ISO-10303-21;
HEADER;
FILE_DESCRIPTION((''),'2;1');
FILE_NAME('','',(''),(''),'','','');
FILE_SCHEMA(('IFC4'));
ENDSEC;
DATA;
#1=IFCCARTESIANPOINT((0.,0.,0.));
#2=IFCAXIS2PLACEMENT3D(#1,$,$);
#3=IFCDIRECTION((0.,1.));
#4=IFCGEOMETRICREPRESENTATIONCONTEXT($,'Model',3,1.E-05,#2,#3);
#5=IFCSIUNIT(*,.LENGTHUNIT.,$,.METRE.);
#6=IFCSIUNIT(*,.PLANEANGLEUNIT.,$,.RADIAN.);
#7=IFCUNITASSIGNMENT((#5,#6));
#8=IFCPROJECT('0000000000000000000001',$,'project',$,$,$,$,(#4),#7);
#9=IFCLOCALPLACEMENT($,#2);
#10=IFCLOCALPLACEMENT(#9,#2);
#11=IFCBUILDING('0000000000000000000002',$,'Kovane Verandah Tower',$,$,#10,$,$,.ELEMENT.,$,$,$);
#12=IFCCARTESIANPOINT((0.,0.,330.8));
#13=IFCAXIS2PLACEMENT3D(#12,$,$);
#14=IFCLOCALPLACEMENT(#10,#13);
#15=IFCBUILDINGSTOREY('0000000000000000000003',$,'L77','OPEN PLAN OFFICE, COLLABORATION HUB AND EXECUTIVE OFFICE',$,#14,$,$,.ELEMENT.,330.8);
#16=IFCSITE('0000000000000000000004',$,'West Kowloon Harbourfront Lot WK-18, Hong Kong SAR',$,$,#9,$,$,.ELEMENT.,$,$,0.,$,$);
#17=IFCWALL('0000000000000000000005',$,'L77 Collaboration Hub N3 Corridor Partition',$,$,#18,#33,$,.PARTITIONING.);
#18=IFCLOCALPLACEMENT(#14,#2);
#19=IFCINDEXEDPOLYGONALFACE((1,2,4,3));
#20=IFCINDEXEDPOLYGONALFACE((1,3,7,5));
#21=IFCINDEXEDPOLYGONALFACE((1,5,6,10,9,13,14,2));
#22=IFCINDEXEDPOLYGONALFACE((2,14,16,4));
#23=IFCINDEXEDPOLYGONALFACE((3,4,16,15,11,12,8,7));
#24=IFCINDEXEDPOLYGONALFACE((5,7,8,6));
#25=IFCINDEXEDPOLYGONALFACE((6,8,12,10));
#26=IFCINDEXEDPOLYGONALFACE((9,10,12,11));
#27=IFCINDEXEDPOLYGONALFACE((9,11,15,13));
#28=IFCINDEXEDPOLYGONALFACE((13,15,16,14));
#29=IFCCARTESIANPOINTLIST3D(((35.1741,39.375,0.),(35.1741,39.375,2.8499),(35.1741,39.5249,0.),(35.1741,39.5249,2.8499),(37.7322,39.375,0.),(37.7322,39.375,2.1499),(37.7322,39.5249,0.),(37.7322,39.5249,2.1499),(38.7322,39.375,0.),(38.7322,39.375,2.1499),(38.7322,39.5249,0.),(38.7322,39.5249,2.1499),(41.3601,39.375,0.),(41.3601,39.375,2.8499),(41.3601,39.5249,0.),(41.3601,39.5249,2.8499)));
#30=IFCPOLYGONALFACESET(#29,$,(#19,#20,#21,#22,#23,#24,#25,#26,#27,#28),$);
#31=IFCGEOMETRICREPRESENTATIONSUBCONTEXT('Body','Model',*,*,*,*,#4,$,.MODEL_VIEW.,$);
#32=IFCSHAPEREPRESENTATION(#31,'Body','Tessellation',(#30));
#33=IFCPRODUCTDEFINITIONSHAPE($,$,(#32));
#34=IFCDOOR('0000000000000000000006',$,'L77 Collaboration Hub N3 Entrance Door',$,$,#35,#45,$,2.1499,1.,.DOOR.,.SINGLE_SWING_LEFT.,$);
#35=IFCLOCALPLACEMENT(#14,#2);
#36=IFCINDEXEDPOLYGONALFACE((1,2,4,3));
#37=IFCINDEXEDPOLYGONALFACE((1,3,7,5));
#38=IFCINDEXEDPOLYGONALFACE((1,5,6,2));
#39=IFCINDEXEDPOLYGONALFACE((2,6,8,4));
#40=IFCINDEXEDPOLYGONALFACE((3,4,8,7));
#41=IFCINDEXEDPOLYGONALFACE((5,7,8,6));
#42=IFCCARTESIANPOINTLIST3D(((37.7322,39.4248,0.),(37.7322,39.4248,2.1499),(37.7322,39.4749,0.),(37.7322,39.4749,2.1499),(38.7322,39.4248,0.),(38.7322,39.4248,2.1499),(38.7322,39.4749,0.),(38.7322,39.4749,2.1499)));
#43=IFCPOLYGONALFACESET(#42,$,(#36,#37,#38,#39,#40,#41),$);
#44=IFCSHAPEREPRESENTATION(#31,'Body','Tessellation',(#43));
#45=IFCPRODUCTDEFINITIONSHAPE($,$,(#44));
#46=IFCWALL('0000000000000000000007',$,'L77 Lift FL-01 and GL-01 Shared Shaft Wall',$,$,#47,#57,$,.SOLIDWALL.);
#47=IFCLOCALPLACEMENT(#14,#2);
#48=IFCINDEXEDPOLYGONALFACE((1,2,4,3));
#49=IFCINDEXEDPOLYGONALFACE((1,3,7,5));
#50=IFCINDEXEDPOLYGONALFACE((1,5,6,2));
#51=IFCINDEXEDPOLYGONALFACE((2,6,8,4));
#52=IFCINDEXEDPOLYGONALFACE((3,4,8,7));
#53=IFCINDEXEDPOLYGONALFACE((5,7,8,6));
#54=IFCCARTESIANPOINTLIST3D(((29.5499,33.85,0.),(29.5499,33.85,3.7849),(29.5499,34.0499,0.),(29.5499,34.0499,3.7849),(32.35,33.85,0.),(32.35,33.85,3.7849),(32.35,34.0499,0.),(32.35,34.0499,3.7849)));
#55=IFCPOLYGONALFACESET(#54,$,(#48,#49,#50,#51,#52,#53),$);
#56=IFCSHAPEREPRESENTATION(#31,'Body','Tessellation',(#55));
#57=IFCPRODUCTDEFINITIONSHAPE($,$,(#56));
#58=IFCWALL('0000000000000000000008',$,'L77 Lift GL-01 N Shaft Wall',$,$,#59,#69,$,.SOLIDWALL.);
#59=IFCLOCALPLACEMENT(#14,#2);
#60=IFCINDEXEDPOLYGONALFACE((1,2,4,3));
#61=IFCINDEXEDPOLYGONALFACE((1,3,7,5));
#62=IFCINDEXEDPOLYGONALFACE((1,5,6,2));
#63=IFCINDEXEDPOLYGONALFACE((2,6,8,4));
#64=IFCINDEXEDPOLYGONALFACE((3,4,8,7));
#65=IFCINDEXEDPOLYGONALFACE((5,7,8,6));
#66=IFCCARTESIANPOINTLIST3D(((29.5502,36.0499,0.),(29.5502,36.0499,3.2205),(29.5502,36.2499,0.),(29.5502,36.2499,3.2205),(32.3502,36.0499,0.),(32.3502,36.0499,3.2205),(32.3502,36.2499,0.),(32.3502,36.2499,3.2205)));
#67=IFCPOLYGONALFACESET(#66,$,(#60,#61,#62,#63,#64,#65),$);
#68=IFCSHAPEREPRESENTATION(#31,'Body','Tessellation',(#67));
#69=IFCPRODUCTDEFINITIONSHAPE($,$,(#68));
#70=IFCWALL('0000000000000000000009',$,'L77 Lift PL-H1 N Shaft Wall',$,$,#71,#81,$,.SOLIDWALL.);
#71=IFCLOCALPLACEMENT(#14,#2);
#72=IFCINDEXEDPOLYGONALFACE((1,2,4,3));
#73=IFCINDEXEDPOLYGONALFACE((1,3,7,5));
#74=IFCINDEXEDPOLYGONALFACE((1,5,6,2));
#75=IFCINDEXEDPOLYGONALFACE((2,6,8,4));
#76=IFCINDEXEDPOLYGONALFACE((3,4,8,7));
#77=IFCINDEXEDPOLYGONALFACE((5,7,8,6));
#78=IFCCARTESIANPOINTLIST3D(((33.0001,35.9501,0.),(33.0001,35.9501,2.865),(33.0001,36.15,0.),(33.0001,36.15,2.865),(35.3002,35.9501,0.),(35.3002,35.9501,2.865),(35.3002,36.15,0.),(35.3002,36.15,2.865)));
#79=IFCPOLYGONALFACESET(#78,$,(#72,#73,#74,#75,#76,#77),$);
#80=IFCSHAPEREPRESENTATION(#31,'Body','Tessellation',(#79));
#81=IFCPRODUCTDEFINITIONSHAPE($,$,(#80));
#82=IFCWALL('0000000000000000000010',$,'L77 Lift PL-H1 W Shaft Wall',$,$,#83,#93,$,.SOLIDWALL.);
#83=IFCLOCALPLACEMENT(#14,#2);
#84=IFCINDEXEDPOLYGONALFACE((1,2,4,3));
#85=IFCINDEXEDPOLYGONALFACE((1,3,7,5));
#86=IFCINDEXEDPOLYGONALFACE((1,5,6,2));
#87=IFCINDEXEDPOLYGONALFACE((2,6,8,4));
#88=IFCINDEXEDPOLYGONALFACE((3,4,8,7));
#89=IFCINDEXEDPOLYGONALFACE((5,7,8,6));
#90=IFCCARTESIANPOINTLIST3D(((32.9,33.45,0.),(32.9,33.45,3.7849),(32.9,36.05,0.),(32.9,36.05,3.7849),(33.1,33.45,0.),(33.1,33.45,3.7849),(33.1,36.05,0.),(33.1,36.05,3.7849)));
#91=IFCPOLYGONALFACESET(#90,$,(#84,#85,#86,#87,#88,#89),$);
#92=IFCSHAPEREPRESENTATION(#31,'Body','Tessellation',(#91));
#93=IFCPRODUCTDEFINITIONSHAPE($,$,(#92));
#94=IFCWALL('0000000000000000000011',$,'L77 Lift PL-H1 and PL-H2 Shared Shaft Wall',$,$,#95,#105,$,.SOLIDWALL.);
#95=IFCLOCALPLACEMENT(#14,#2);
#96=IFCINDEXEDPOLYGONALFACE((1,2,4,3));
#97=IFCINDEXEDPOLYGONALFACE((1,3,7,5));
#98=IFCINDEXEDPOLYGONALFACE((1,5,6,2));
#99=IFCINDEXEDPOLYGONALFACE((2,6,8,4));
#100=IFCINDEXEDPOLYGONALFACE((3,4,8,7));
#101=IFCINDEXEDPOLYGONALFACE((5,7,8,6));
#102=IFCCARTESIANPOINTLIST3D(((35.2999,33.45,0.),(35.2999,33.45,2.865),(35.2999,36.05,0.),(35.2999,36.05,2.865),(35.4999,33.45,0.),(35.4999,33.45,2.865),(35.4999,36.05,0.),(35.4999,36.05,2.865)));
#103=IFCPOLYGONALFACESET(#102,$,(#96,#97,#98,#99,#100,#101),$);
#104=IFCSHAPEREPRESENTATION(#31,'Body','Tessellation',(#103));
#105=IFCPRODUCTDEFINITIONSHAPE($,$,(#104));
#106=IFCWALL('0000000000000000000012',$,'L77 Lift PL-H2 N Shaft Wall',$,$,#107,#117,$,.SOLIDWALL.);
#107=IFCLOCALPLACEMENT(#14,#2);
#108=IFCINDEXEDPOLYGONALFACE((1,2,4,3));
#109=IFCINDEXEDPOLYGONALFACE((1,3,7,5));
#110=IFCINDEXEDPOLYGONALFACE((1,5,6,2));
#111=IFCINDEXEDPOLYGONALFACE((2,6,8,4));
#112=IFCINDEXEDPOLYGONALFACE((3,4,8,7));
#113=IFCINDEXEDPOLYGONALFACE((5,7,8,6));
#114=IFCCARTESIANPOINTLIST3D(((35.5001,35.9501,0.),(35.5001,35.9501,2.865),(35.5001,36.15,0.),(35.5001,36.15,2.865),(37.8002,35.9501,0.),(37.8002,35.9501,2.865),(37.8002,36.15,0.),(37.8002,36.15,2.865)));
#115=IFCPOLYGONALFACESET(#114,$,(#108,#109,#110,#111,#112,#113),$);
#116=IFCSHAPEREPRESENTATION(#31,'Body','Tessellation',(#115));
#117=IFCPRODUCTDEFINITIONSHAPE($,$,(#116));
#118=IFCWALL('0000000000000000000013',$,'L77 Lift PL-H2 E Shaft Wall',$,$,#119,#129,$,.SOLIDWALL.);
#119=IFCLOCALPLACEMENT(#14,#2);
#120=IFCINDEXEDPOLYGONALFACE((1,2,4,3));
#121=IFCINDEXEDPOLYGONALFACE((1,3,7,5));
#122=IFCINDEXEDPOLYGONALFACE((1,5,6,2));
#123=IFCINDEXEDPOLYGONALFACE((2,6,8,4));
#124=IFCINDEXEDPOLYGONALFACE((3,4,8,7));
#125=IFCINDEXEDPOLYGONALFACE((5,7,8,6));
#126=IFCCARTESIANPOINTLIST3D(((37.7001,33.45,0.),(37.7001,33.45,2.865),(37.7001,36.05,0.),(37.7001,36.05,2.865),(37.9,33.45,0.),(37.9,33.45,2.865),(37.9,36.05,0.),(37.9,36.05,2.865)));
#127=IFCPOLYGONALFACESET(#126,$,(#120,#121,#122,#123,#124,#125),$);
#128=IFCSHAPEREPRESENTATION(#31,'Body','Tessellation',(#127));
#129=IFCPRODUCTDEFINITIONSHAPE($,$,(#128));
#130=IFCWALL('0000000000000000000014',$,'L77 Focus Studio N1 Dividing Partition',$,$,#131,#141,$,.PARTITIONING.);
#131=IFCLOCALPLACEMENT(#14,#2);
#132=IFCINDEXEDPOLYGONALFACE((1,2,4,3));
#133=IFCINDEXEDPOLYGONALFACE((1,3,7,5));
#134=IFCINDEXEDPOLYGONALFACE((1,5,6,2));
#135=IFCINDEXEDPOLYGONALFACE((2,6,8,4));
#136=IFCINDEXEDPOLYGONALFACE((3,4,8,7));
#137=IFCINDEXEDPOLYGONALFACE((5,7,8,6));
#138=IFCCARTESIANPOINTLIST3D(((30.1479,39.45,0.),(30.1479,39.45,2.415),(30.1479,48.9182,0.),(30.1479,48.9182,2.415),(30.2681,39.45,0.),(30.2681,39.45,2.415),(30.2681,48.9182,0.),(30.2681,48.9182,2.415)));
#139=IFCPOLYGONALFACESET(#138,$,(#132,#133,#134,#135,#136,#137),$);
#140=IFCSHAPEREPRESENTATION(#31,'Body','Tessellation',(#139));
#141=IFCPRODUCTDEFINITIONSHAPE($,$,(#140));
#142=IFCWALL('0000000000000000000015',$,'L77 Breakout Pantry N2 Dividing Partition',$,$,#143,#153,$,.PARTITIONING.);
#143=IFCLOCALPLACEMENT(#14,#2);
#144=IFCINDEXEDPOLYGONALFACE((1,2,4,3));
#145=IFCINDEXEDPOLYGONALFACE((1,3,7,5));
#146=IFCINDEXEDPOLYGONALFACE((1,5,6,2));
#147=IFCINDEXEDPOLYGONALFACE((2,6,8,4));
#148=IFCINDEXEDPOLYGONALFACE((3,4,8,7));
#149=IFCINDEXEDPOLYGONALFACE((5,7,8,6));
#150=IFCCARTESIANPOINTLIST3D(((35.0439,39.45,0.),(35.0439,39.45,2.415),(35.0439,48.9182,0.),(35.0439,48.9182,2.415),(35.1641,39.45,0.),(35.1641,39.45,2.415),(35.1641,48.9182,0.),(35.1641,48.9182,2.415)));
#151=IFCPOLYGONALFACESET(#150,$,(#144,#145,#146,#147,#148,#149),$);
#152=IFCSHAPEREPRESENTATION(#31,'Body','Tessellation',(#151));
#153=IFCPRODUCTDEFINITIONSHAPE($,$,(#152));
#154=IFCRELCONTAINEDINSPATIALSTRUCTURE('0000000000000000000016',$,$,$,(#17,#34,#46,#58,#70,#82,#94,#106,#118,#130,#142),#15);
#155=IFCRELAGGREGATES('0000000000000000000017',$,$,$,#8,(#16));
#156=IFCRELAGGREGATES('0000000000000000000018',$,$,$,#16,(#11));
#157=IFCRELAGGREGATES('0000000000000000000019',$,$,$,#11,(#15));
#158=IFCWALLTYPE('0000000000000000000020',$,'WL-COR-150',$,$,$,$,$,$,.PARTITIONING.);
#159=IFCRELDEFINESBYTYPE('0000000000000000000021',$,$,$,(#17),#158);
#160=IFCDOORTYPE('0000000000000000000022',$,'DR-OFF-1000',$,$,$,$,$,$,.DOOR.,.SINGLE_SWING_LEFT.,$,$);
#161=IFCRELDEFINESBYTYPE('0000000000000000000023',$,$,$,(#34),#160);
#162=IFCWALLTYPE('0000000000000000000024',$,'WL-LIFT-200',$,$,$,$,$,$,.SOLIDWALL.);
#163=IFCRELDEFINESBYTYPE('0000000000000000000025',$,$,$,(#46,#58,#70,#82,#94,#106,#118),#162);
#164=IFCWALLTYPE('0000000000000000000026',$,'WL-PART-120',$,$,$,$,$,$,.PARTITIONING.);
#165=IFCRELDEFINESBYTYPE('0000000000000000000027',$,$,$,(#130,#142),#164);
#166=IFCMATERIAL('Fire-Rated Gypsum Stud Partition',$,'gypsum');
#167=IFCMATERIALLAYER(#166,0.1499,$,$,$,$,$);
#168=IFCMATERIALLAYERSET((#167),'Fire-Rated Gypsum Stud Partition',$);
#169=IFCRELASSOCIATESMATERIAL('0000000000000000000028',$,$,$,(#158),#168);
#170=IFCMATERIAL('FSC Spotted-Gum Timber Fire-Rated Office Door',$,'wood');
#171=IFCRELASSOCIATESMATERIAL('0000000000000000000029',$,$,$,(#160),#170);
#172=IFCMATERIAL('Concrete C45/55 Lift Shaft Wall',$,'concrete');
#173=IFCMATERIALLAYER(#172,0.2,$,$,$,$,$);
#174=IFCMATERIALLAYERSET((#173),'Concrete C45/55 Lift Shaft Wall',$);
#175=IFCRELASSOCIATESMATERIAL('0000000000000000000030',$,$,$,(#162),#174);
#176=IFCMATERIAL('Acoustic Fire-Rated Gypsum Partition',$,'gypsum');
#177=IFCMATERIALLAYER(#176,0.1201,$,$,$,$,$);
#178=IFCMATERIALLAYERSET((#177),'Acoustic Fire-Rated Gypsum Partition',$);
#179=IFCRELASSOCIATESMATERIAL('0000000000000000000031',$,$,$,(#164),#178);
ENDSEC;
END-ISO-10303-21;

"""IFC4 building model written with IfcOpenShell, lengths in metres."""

from ifc_helpers import new_model, si_unit, direction, frame, frame_2d, origin, place, context, subcontext, project, spatial, rectangle, extrude, material, layer, layer_set, type_object, element, fill, save


model = new_model("IFC4")

# Units and contexts
model_context = context("Model", 3, precision=1e-05, world=origin(), true_north=direction((0.0, 1.0)))
body_context = subcontext(model_context, "Body", "Model", "MODEL_VIEW")
ifc_project = project(units=[si_unit("LENGTHUNIT", "METRE"), si_unit("PLANEANGLEUNIT", "RADIAN")], contexts=[model_context])

# Site, building, storey
site_placement = place(None, origin())
site = spatial("IfcSite", under=ifc_project, at=site_placement, Name="West Kowloon Harbourfront Lot WK-18, Hong Kong SAR", CompositionType="ELEMENT", RefElevation=0.0)
building_placement = place(site_placement, origin())
building = spatial("IfcBuilding", under=site, at=building_placement, Name="Kovane Verandah Tower", CompositionType="ELEMENT")
storey_placement = place(building_placement, frame((0.0, 0.0, 330.8)))
storey = spatial("IfcBuildingStorey", under=building, at=storey_placement, Name="L77", Description="OPEN PLAN OFFICE, COLLABORATION HUB AND EXECUTIVE OFFICE", CompositionType="ELEMENT", Elevation=330.8)

# Wall, opening, door
ifc_material_1 = material(Name="Fire-Rated Gypsum Stud Partition", Category="gypsum")
ifc_layer_1 = layer(ifc_material_1, 0.1499)
ifc_layer_set_1 = layer_set([ifc_layer_1], Name="Fire-Rated Gypsum Stud Partition")
wall_type_1 = type_object("IfcWallType", Name="WL-COR-150", PredefinedType="PARTITIONING", material=ifc_layer_set_1)
ifc_material_2 = material(Name="FSC Spotted-Gum Timber Fire-Rated Office Door", Category="wood")
door_type_1 = type_object("IfcDoorType", Name="DR-OFF-1000", OperationType="SINGLE_SWING_LEFT", PredefinedType="DOOR", material=ifc_material_2)
wall_1_placement = place(storey_placement, frame((35.1741, 39.45, 0.0), z_axis=(0.0, 0.0, 1.0), x_axis=(1.0, 0.0, 0.0)))
wall_1 = element("IfcWall", 1, at=wall_1_placement, inside=storey, type_object=wall_type_1, Name="L77 Collaboration Hub N3 Corridor Partition", PredefinedType="PARTITIONING", context=body_context, shape_type="SweptSolid", body=[
    extrude(rectangle(XDim=6.186, YDim=0.1499, at=frame_2d((3.093, 0.0))), origin(), (0.0, 0.0, 1.0), 2.8499),
])
opening_1_placement = place(wall_1_placement, frame((2.5581, 0.0, 0.0)))
opening_1 = element("IfcOpeningElement", 2, at=opening_1_placement, cuts=wall_1, PredefinedType="OPENING", context=body_context, shape_type="SweptSolid", body=[
    extrude(rectangle(XDim=1.0, YDim=2.1499, at=frame_2d((0.5, 1.075))), frame((0.0, 0.075, 0.0), z_axis=(0.0, -1.0, 0.0), x_axis=(1.0, 0.0, 0.0)), (0.0, 0.0, 1.0), 0.1499),
])
door_1_placement = place(opening_1_placement, origin())
door_1 = element("IfcDoor", 3, at=door_1_placement, inside=storey, type_object=door_type_1, Name="L77 Collaboration Hub N3 Entrance Door", OperationType="SINGLE_SWING_LEFT", OverallHeight=2.1499, OverallWidth=1.0, PredefinedType="DOOR", context=body_context, shape_type="SweptSolid", body=[
    extrude(rectangle(XDim=1.0, YDim=2.1499, at=frame_2d((0.5, 1.075))), frame((0.0, 0.0249, 0.0), z_axis=(0.0, -1.0, 0.0), x_axis=(1.0, 0.0, 0.0)), (0.0, 0.0, 1.0), 0.05),
])
fill(opening_1, door_1)

# Walls
ifc_material_3 = material(Name="Concrete C45/55 Lift Shaft Wall", Category="concrete")
ifc_layer_2 = layer(ifc_material_3, 0.2)
ifc_layer_set_2 = layer_set([ifc_layer_2], Name="Concrete C45/55 Lift Shaft Wall")
wall_type_2 = type_object("IfcWallType", Name="WL-LIFT-200", PredefinedType="SOLIDWALL", material=ifc_layer_set_2)
wall_2_placement = place(storey_placement, frame((29.55, 33.95, 0.0), z_axis=(0.0, 0.0, 1.0), x_axis=(1.0, 0.0, 0.0)))
element("IfcWall", 4, at=wall_2_placement, inside=storey, type_object=wall_type_2, Name="L77 Lift FL-01 and GL-01 Shared Shaft Wall", PredefinedType="SOLIDWALL", context=body_context, shape_type="SweptSolid", body=[
    extrude(rectangle(XDim=2.8, YDim=0.2, at=frame_2d((1.3999, 0.0))), origin(), (0.0, 0.0, 1.0), 3.7849),
])
wall_3_placement = place(storey_placement, frame((32.3501, 36.1499, 0.0), z_axis=(0.0, 0.0, 1.0), x_axis=(-1.0, 0.0, 0.0)))
element("IfcWall", 5, at=wall_3_placement, inside=storey, type_object=wall_type_2, Name="L77 Lift GL-01 N Shaft Wall", PredefinedType="SOLIDWALL", context=body_context, shape_type="SweptSolid", body=[
    extrude(rectangle(XDim=2.8, YDim=0.2, at=frame_2d((1.3999, 0.0))), origin(), (0.0, 0.0, 1.0), 3.2205),
])

# Walls
wall_4_placement = place(storey_placement, frame((35.3, 36.05, 0.0), z_axis=(0.0, 0.0, 1.0), x_axis=(-1.0, 0.0, 0.0)))
element("IfcWall", 6, at=wall_4_placement, inside=storey, type_object=wall_type_2, Name="L77 Lift PL-H1 N Shaft Wall", PredefinedType="SOLIDWALL", context=body_context, shape_type="SweptSolid", body=[
    extrude(rectangle(XDim=2.3, YDim=0.2, at=frame_2d((1.1499, 0.0))), origin(), (0.0, 0.0, 1.0), 2.865),
])
wall_5_placement = place(storey_placement, frame((33.0, 36.05, 0.0), z_axis=(0.0, 0.0, 1.0), x_axis=(0.0, -1.0, 0.0)))
element("IfcWall", 7, at=wall_5_placement, inside=storey, type_object=wall_type_2, Name="L77 Lift PL-H1 W Shaft Wall", PredefinedType="SOLIDWALL", context=body_context, shape_type="SweptSolid", body=[
    extrude(rectangle(XDim=2.6001, YDim=0.2, at=frame_2d((1.3, 0.0))), origin(), (0.0, 0.0, 1.0), 3.7849),
])
wall_6_placement = place(storey_placement, frame((35.3999, 33.45, 0.0), z_axis=(0.0, 0.0, 1.0), x_axis=(0.0, 1.0, 0.0)))
element("IfcWall", 8, at=wall_6_placement, inside=storey, type_object=wall_type_2, Name="L77 Lift PL-H1 and PL-H2 Shared Shaft Wall", PredefinedType="SOLIDWALL", context=body_context, shape_type="SweptSolid", body=[
    extrude(rectangle(XDim=2.6001, YDim=0.2, at=frame_2d((1.3, 0.0))), origin(), (0.0, 0.0, 1.0), 2.865),
])

# Walls
wall_7_placement = place(storey_placement, frame((37.8, 36.05, 0.0), z_axis=(0.0, 0.0, 1.0), x_axis=(-1.0, 0.0, 0.0)))
element("IfcWall", 9, at=wall_7_placement, inside=storey, type_object=wall_type_2, Name="L77 Lift PL-H2 N Shaft Wall", PredefinedType="SOLIDWALL", context=body_context, shape_type="SweptSolid", body=[
    extrude(rectangle(XDim=2.3, YDim=0.2, at=frame_2d((1.1499, 0.0))), origin(), (0.0, 0.0, 1.0), 2.865),
])
wall_8_placement = place(storey_placement, frame((37.8, 33.45, 0.0), z_axis=(0.0, 0.0, 1.0), x_axis=(0.0, 1.0, 0.0)))
element("IfcWall", 10, at=wall_8_placement, inside=storey, type_object=wall_type_2, Name="L77 Lift PL-H2 E Shaft Wall", PredefinedType="SOLIDWALL", context=body_context, shape_type="SweptSolid", body=[
    extrude(rectangle(XDim=2.6001, YDim=0.2, at=frame_2d((1.3, 0.0))), origin(), (0.0, 0.0, 1.0), 2.865),
])
ifc_material_4 = material(Name="Acoustic Fire-Rated Gypsum Partition", Category="gypsum")
ifc_layer_3 = layer(ifc_material_4, 0.1201)
ifc_layer_set_3 = layer_set([ifc_layer_3], Name="Acoustic Fire-Rated Gypsum Partition")
wall_type_3 = type_object("IfcWallType", Name="WL-PART-120", PredefinedType="PARTITIONING", material=ifc_layer_set_3)
for number, where, z_axis, x_axis, name in (
    (11, (30.208, 39.45, 0.0), (0.0, 0.0, 1.0), (0.0, 1.0, 0.0), "L77 Focus Studio N1 Dividing Partition"),
    (12, (35.104, 39.45, 0.0), (0.0, 0.0, 1.0), (0.0, 1.0, 0.0), "L77 Breakout Pantry N2 Dividing Partition"),
):
    element("IfcWall", number, at=place(storey_placement, frame(where, z_axis=z_axis, x_axis=x_axis)), inside=storey, type_object=wall_type_3, Name=name, PredefinedType="PARTITIONING", context=body_context, shape_type="SweptSolid", body=[
        extrude(rectangle(XDim=9.4683, YDim=0.1201, at=frame_2d((4.7341, 0.0))), origin(), (0.0, 0.0, 1.0), 2.415),
    ])

save(model, "model.ifc")
